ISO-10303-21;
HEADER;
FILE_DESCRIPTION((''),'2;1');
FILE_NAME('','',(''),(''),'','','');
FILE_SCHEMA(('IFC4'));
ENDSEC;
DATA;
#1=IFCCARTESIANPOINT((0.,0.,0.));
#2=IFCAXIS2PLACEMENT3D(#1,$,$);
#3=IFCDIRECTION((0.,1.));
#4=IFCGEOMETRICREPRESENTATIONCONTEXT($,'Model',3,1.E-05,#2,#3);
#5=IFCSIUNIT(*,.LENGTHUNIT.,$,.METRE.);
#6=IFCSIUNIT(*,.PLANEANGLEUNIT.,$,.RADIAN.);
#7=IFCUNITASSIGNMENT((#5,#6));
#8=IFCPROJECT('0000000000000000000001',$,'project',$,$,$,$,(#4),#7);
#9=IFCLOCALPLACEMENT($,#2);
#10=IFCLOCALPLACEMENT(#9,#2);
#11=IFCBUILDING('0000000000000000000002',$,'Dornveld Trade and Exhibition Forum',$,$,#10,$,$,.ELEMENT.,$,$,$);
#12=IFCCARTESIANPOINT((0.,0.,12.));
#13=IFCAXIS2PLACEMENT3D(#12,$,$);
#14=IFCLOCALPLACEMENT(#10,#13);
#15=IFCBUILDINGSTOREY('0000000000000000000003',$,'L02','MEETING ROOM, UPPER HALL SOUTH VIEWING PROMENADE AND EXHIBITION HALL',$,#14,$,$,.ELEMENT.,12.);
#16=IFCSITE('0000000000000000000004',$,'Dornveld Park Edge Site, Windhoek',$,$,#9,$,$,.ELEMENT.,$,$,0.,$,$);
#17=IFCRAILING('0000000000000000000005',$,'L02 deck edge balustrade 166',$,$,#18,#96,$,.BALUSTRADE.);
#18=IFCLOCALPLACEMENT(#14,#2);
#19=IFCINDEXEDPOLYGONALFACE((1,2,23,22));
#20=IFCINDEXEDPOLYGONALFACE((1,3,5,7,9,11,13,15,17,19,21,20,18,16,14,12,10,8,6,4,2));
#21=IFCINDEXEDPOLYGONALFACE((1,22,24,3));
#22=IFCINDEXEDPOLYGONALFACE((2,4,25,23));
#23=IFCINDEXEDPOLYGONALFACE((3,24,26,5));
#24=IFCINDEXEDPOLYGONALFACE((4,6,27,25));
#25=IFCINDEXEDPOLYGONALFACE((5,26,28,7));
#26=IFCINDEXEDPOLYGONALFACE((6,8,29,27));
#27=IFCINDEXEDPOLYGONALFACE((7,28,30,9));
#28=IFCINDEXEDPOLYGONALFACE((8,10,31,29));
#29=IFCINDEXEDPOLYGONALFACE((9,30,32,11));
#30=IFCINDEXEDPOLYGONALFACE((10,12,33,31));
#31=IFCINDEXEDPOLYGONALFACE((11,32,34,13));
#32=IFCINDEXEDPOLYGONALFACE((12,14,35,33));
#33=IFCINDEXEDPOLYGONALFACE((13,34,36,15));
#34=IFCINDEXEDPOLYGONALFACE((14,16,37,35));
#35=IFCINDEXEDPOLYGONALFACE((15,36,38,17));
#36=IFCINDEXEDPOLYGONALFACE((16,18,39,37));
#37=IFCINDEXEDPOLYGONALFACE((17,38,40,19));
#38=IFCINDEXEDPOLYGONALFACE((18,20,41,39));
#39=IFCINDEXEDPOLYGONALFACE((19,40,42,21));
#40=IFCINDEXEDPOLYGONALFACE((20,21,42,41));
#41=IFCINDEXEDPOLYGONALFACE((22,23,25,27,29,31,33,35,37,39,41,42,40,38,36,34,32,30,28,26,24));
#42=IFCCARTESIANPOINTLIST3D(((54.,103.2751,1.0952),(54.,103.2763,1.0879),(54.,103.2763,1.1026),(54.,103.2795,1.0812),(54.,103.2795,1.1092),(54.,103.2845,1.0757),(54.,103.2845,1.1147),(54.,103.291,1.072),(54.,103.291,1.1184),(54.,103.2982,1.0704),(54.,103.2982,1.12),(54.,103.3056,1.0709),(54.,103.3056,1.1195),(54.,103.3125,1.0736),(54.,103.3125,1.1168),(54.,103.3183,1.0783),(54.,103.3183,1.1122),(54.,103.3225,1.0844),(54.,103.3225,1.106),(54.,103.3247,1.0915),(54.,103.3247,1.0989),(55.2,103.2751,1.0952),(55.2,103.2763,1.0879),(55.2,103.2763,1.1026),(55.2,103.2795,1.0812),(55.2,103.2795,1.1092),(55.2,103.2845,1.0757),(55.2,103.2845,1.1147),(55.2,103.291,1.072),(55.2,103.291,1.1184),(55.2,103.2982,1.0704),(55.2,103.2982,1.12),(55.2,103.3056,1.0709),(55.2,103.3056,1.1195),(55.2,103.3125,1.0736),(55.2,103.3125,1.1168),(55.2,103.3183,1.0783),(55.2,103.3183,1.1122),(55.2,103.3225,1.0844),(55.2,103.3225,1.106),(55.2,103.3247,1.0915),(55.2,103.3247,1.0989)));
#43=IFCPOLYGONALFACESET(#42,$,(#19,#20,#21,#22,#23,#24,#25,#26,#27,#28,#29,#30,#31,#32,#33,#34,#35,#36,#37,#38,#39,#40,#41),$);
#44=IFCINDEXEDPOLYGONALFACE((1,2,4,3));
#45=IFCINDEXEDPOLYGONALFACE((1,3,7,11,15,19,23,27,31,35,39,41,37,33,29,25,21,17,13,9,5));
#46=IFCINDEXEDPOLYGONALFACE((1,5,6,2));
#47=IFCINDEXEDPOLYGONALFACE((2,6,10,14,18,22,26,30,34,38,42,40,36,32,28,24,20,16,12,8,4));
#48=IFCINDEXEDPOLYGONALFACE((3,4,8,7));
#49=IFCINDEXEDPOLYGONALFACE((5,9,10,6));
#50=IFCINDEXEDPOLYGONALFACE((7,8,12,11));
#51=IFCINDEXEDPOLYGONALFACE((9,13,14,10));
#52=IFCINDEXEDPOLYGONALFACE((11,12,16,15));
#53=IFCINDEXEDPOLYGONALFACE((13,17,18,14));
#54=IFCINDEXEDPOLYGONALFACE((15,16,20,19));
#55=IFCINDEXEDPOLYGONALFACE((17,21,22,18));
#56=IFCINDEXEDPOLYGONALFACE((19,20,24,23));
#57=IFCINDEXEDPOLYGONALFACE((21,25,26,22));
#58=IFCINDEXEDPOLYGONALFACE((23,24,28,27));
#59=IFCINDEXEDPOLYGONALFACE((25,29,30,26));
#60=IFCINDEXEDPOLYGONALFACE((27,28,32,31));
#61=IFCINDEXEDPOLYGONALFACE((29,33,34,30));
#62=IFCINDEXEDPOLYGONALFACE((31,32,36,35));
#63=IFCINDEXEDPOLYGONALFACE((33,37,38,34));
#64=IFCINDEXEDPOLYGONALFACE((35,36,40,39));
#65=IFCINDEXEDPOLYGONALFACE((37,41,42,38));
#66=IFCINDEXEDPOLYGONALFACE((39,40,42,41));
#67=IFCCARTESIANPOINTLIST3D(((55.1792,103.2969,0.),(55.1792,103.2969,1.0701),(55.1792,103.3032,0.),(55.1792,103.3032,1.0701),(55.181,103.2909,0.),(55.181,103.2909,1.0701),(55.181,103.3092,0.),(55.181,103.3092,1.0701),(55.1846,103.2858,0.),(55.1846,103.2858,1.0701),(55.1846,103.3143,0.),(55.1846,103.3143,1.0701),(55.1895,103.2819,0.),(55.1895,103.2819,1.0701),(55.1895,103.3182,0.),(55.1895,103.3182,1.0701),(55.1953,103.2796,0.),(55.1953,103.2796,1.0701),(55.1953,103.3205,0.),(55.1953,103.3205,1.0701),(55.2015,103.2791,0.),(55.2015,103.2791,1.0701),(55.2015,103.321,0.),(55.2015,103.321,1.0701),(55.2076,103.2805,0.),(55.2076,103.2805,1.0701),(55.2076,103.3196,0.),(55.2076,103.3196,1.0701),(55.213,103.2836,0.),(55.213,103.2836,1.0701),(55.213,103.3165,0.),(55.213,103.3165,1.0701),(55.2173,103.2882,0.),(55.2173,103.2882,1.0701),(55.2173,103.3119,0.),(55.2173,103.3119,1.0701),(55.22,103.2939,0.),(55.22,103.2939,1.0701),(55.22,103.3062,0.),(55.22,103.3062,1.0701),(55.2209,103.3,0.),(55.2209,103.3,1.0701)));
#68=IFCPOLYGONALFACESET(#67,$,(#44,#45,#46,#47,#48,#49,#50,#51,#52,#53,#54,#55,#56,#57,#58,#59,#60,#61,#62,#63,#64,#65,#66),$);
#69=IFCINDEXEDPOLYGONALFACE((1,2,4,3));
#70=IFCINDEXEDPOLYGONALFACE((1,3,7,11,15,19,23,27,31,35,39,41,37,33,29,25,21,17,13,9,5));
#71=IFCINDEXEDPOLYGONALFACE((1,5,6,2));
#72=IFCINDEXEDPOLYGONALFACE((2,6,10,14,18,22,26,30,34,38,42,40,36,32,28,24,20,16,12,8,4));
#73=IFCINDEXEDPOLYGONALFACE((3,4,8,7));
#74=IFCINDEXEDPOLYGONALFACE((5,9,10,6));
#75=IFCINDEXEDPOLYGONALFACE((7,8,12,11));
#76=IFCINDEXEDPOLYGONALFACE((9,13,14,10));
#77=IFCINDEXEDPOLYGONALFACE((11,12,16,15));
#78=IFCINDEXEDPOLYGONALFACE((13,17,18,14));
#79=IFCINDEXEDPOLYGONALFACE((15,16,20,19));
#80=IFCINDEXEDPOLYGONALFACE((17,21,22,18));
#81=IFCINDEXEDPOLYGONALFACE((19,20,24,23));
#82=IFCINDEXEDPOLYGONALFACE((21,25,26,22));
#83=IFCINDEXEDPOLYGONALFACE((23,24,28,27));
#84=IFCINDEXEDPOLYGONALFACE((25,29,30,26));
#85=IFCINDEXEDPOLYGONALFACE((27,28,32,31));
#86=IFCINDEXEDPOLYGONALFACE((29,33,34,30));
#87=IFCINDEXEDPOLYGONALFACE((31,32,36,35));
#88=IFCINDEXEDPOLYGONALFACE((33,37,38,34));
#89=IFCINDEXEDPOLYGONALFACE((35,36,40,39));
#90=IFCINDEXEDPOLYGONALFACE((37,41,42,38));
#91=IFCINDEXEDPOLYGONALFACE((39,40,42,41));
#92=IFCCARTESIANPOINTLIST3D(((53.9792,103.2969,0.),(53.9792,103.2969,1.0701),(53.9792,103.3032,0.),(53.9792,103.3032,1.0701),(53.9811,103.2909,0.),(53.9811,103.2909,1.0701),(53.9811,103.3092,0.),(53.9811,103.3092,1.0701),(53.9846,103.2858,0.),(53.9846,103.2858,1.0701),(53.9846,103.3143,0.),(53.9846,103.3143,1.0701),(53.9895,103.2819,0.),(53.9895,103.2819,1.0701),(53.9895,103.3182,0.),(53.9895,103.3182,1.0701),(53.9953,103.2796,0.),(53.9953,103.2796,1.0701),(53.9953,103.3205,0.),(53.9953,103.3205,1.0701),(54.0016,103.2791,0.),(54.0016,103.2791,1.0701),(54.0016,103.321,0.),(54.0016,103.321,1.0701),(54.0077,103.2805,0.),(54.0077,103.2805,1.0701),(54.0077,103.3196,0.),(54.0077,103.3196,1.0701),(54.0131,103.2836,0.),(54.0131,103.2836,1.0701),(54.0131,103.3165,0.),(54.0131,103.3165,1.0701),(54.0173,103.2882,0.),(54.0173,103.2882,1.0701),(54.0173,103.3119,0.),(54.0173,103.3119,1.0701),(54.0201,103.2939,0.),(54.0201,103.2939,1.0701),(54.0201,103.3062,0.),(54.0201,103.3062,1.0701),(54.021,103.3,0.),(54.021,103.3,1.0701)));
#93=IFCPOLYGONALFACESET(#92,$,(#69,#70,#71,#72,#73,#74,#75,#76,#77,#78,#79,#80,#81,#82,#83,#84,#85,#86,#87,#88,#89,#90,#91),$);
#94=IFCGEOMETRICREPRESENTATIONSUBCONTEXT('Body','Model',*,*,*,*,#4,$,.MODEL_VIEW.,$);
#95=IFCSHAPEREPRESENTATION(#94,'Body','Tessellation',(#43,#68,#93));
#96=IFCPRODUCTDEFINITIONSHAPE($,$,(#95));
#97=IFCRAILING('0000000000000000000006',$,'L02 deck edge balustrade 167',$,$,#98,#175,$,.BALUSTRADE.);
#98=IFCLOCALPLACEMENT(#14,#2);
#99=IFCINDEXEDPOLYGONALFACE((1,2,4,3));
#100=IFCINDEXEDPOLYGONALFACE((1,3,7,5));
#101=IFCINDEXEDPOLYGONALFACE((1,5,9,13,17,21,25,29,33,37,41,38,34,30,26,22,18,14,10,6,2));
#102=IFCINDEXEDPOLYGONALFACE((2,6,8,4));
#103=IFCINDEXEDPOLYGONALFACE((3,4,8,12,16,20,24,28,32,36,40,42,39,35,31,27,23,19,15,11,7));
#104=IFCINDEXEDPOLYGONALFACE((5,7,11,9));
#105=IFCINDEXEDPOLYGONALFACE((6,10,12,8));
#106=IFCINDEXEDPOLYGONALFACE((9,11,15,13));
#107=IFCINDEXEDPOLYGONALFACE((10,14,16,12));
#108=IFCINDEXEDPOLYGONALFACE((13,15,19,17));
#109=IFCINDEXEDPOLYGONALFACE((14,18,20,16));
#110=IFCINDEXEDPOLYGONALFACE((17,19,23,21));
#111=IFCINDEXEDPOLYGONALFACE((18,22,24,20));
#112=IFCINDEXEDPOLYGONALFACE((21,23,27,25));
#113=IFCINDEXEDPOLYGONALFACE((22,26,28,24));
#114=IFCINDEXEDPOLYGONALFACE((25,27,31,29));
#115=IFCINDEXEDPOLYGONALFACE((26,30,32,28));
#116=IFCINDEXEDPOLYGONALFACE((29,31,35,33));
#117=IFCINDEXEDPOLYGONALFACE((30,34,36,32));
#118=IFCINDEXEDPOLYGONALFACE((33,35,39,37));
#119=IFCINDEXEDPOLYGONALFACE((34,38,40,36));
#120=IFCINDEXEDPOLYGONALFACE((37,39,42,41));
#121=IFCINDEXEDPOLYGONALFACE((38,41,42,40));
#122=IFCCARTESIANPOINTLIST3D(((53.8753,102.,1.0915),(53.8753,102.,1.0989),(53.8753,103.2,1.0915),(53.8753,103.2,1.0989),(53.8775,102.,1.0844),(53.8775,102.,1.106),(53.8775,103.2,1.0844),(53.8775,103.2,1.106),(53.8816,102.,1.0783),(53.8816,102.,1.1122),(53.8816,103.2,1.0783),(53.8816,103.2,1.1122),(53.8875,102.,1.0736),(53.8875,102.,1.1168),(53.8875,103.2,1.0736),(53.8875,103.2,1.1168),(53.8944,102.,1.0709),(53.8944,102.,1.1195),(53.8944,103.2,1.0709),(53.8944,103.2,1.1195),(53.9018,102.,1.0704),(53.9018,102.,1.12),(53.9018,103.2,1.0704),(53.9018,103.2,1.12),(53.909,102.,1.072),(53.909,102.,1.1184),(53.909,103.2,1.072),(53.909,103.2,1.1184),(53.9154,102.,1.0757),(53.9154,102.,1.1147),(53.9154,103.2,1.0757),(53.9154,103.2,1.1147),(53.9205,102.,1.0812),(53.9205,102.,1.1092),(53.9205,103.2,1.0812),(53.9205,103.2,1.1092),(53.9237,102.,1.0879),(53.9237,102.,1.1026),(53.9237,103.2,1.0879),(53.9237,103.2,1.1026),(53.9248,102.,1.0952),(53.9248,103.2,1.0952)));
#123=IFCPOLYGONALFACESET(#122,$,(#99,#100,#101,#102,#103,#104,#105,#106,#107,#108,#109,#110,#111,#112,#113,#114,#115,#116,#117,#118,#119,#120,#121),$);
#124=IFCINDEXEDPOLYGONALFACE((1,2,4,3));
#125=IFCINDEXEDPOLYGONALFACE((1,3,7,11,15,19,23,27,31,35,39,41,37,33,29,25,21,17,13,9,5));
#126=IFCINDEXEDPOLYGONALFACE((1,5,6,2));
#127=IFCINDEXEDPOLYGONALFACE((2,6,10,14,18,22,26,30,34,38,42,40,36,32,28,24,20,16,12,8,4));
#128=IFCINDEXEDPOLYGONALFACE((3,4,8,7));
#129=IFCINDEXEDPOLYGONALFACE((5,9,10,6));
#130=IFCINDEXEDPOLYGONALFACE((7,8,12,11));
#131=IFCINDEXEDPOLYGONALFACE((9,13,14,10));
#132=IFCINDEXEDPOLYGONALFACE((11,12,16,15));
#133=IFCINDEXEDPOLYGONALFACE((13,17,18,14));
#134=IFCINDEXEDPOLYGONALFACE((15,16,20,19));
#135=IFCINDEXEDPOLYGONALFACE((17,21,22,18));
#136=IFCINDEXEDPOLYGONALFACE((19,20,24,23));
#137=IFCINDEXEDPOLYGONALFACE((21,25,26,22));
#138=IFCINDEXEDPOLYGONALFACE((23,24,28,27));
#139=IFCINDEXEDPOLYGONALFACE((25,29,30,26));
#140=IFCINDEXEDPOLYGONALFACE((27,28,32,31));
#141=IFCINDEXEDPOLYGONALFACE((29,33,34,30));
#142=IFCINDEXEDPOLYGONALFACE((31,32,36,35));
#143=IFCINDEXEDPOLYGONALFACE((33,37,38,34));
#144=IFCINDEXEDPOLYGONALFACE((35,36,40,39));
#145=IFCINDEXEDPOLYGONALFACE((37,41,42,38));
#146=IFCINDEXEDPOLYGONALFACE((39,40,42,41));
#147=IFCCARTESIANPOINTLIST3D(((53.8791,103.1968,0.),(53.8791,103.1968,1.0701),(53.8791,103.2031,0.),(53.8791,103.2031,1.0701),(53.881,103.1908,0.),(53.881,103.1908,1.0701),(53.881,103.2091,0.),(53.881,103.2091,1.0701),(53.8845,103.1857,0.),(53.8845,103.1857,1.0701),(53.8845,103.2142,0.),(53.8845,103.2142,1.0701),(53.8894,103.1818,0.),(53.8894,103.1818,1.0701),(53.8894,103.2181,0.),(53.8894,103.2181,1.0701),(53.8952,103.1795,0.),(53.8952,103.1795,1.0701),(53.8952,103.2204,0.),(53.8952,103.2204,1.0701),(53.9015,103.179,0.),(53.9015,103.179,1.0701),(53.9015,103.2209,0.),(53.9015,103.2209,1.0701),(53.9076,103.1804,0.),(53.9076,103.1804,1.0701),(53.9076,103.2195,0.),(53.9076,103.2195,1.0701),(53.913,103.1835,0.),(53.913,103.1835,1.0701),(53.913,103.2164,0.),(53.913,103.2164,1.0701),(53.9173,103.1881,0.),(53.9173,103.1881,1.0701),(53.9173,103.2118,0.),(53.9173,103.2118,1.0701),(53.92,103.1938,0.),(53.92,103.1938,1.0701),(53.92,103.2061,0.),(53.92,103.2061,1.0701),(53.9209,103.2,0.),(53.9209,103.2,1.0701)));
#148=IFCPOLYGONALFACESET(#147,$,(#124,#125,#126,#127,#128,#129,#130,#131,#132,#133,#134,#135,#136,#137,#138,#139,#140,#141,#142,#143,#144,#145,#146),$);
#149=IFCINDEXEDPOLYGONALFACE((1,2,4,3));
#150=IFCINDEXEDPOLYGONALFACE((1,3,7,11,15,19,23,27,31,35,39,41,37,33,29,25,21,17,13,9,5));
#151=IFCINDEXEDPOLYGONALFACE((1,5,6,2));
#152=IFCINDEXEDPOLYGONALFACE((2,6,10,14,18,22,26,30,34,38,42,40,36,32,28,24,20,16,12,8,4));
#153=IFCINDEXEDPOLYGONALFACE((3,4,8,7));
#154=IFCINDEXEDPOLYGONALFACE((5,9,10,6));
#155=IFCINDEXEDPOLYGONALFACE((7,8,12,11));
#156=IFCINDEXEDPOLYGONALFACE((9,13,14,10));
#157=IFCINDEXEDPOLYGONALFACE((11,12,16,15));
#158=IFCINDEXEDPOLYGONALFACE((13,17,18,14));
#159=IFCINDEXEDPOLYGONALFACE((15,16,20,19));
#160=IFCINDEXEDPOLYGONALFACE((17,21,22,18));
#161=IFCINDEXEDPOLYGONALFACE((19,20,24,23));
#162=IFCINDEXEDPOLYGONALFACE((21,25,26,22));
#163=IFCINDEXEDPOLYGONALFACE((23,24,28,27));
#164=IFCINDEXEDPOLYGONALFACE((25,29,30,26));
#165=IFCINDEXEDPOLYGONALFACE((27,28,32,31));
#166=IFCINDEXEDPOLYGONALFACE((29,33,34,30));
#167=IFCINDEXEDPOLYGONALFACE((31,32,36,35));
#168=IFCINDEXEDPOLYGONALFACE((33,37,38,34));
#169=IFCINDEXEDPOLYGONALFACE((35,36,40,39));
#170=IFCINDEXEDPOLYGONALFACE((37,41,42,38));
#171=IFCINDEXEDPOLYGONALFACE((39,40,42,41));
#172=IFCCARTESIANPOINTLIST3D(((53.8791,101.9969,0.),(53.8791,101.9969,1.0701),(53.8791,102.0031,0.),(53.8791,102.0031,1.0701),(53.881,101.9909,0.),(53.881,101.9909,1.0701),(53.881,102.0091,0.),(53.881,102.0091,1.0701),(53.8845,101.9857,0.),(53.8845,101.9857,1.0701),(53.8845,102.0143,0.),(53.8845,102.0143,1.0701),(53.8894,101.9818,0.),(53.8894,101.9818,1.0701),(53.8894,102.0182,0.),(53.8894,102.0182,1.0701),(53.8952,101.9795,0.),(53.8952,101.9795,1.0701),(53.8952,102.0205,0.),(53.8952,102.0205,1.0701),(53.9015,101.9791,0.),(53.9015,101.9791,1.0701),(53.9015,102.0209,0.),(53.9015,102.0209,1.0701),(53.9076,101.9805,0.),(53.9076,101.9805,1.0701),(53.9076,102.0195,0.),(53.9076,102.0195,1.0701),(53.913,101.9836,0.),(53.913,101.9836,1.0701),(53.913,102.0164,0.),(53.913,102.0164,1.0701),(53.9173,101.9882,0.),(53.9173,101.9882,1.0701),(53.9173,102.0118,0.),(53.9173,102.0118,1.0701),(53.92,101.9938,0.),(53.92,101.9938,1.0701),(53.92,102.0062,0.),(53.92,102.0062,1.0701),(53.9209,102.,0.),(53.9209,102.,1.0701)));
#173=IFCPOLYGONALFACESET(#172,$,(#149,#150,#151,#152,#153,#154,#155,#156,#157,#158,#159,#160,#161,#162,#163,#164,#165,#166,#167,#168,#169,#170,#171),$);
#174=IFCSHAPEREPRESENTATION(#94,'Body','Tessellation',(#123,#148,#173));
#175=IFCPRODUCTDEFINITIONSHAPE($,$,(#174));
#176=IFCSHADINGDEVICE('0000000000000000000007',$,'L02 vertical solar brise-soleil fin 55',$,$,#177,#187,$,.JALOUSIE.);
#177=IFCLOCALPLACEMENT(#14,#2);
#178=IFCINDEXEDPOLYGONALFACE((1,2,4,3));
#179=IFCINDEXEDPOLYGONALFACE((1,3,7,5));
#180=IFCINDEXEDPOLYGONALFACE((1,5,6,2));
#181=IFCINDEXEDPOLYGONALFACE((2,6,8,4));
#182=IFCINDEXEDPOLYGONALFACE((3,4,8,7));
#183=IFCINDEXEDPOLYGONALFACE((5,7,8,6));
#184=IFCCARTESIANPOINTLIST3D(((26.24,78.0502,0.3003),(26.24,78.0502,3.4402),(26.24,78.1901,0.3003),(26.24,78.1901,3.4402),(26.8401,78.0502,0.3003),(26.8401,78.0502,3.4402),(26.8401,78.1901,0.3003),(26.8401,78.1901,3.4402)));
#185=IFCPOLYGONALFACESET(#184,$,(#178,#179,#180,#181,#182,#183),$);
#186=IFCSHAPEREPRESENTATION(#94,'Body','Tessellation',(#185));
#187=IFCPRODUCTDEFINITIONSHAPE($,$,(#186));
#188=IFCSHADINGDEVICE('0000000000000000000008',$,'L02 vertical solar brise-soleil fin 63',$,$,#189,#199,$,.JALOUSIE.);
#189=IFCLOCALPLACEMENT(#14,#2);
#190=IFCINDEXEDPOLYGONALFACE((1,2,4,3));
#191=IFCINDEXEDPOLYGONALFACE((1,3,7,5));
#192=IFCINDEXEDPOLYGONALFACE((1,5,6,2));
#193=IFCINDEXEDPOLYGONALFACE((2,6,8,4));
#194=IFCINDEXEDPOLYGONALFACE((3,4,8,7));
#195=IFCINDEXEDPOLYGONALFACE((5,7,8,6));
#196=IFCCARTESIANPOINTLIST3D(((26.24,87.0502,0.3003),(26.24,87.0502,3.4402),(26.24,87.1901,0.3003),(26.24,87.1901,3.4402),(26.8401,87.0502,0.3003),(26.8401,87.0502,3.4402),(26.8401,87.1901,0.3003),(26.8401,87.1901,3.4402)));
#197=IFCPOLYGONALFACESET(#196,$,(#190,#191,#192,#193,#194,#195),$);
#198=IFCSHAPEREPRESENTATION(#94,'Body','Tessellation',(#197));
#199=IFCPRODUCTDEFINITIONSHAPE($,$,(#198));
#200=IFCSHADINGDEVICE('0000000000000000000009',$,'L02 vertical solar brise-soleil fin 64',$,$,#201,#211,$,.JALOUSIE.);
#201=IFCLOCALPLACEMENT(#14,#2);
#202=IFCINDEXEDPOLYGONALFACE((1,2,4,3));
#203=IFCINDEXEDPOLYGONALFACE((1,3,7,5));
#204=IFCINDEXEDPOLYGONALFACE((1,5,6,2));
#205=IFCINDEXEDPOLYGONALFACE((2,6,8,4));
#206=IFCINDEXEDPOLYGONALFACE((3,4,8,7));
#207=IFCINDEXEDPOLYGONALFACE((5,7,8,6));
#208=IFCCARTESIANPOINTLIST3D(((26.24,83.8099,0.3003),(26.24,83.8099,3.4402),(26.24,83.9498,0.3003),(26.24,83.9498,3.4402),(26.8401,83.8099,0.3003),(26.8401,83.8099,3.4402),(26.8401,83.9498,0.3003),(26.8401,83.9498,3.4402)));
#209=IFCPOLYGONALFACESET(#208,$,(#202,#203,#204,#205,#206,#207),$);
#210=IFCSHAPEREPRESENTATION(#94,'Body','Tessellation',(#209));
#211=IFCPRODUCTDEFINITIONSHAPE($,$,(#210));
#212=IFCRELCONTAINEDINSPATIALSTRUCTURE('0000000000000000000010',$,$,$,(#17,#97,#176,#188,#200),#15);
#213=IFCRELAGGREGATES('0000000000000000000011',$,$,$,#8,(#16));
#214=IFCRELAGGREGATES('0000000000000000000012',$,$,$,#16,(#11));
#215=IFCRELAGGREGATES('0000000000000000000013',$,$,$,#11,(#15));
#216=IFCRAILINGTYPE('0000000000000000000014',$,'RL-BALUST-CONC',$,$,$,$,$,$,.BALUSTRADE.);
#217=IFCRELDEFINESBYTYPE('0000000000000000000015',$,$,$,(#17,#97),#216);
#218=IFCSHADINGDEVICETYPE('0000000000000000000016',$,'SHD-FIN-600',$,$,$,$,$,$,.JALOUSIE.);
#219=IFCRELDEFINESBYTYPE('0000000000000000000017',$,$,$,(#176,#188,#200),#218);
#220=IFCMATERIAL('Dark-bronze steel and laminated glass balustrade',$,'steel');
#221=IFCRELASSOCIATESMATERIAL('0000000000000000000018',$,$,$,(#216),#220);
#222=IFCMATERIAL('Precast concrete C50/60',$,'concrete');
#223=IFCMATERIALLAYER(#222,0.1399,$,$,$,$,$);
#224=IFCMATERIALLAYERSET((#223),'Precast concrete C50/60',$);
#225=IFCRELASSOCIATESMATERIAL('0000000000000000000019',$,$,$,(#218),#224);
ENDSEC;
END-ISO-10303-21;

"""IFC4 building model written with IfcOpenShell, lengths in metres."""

from ifc_helpers import new_model, si_unit, direction, frame, origin, origin_2d, place, context, subcontext, project, spatial, rectangle, circle, extrude, material, layer, layer_set, type_object, element, save


model = new_model("IFC4")

# Units and contexts
model_context = context("Model", 3, precision=1e-05, world=origin(), true_north=direction((0.0, 1.0)))
body_context = subcontext(model_context, "Body", "Model", "MODEL_VIEW")
ifc_project = project(units=[si_unit("LENGTHUNIT", "METRE"), si_unit("PLANEANGLEUNIT", "RADIAN")], contexts=[model_context])

# Site, building, storey
site_placement = place(None, origin())
site = spatial("IfcSite", under=ifc_project, at=site_placement, Name="Dornveld Park Edge Site, Windhoek", CompositionType="ELEMENT", RefElevation=0.0)
building_placement = place(site_placement, origin())
building = spatial("IfcBuilding", under=site, at=building_placement, Name="Dornveld Trade and Exhibition Forum", CompositionType="ELEMENT")
storey_placement = place(building_placement, frame((0.0, 0.0, 12.0)))
storey = spatial("IfcBuildingStorey", under=building, at=storey_placement, Name="L02", Description="MEETING ROOM, UPPER HALL SOUTH VIEWING PROMENADE AND EXHIBITION HALL", CompositionType="ELEMENT", Elevation=12.0)

# Railings
ifc_material_1 = material(Name="Dark-bronze steel and laminated glass balustrade", Category="steel")
railing_type = type_object("IfcRailingType", Name="RL-BALUST-CONC", PredefinedType="BALUSTRADE", material=ifc_material_1)
railing_1_placement = place(storey_placement, frame((55.2, 103.3, 0.0)))
element("IfcRailing", 1, at=railing_1_placement, inside=storey, type_object=railing_type, Name="L02 deck edge balustrade 166", PredefinedType="BALUSTRADE", context=body_context, shape_type="SweptSolid", body=[
    extrude(circle(Radius=0.0249, at=origin_2d()), frame((0.0, 0.0, 1.0952), z_axis=(-1.0, 0.0, 0.0), x_axis=(0.0, -1.0, 0.0)), (0.0, 0.0, 1.0), 1.2),
    extrude(circle(Radius=0.021, at=origin_2d()), origin(), (0.0, 0.0, 1.0), 1.0701),
    extrude(circle(Radius=0.021, at=origin_2d()), frame((-1.2, 0.0, 0.0)), (0.0, 0.0, 1.0), 1.0701),
])
railing_2_placement = place(storey_placement, frame((53.8999, 103.2, 0.0)))
element("IfcRailing", 2, at=railing_2_placement, inside=storey, type_object=railing_type, Name="L02 deck edge balustrade 167", PredefinedType="BALUSTRADE", context=body_context, shape_type="SweptSolid", body=[
    extrude(circle(Radius=0.0249, at=origin_2d()), frame((0.0, 0.0, 1.0952), z_axis=(0.0, -1.0, 0.0), x_axis=(1.0, 0.0, 0.0)), (0.0, 0.0, 1.0), 1.2),
    extrude(circle(Radius=0.021, at=origin_2d()), origin(), (0.0, 0.0, 1.0), 1.0701),
    extrude(circle(Radius=0.021, at=origin_2d()), frame((0.0, -1.2, 0.0)), (0.0, 0.0, 1.0), 1.0701),
])

# Shading devices
ifc_material_2 = material(Name="Precast concrete C50/60", Category="concrete")
ifc_layer_1 = layer(ifc_material_2, 0.1399)
ifc_layer_set_1 = layer_set([ifc_layer_1], Name="Precast concrete C50/60")
shading_device_type = type_object("IfcShadingDeviceType", Name="SHD-FIN-600", PredefinedType="JALOUSIE", material=ifc_layer_set_1)
for number, where, z_axis, x_axis, name in (
    (3, (26.54, 78.1201, 0.3003), (0.0, 0.0, 1.0), (0.0, -1.0, 0.0), "L02 vertical solar brise-soleil fin 55"),
    (4, (26.54, 87.1201, 0.3003), (0.0, 0.0, 1.0), (0.0, -1.0, 0.0), "L02 vertical solar brise-soleil fin 63"),
    (5, (26.54, 83.8799, 0.3003), (0.0, 0.0, 1.0), (0.0, -1.0, 0.0), "L02 vertical solar brise-soleil fin 64"),
):
    element("IfcShadingDevice", number, at=place(storey_placement, frame(where, z_axis=z_axis, x_axis=x_axis)), inside=storey, type_object=shading_device_type, Name=name, PredefinedType="JALOUSIE", context=body_context, shape_type="SweptSolid", body=[
        extrude(rectangle(XDim=0.1399, YDim=0.6001, at=origin_2d()), origin(), (0.0, 0.0, 1.0), 3.1399),
    ])

save(model, "model.ifc")
